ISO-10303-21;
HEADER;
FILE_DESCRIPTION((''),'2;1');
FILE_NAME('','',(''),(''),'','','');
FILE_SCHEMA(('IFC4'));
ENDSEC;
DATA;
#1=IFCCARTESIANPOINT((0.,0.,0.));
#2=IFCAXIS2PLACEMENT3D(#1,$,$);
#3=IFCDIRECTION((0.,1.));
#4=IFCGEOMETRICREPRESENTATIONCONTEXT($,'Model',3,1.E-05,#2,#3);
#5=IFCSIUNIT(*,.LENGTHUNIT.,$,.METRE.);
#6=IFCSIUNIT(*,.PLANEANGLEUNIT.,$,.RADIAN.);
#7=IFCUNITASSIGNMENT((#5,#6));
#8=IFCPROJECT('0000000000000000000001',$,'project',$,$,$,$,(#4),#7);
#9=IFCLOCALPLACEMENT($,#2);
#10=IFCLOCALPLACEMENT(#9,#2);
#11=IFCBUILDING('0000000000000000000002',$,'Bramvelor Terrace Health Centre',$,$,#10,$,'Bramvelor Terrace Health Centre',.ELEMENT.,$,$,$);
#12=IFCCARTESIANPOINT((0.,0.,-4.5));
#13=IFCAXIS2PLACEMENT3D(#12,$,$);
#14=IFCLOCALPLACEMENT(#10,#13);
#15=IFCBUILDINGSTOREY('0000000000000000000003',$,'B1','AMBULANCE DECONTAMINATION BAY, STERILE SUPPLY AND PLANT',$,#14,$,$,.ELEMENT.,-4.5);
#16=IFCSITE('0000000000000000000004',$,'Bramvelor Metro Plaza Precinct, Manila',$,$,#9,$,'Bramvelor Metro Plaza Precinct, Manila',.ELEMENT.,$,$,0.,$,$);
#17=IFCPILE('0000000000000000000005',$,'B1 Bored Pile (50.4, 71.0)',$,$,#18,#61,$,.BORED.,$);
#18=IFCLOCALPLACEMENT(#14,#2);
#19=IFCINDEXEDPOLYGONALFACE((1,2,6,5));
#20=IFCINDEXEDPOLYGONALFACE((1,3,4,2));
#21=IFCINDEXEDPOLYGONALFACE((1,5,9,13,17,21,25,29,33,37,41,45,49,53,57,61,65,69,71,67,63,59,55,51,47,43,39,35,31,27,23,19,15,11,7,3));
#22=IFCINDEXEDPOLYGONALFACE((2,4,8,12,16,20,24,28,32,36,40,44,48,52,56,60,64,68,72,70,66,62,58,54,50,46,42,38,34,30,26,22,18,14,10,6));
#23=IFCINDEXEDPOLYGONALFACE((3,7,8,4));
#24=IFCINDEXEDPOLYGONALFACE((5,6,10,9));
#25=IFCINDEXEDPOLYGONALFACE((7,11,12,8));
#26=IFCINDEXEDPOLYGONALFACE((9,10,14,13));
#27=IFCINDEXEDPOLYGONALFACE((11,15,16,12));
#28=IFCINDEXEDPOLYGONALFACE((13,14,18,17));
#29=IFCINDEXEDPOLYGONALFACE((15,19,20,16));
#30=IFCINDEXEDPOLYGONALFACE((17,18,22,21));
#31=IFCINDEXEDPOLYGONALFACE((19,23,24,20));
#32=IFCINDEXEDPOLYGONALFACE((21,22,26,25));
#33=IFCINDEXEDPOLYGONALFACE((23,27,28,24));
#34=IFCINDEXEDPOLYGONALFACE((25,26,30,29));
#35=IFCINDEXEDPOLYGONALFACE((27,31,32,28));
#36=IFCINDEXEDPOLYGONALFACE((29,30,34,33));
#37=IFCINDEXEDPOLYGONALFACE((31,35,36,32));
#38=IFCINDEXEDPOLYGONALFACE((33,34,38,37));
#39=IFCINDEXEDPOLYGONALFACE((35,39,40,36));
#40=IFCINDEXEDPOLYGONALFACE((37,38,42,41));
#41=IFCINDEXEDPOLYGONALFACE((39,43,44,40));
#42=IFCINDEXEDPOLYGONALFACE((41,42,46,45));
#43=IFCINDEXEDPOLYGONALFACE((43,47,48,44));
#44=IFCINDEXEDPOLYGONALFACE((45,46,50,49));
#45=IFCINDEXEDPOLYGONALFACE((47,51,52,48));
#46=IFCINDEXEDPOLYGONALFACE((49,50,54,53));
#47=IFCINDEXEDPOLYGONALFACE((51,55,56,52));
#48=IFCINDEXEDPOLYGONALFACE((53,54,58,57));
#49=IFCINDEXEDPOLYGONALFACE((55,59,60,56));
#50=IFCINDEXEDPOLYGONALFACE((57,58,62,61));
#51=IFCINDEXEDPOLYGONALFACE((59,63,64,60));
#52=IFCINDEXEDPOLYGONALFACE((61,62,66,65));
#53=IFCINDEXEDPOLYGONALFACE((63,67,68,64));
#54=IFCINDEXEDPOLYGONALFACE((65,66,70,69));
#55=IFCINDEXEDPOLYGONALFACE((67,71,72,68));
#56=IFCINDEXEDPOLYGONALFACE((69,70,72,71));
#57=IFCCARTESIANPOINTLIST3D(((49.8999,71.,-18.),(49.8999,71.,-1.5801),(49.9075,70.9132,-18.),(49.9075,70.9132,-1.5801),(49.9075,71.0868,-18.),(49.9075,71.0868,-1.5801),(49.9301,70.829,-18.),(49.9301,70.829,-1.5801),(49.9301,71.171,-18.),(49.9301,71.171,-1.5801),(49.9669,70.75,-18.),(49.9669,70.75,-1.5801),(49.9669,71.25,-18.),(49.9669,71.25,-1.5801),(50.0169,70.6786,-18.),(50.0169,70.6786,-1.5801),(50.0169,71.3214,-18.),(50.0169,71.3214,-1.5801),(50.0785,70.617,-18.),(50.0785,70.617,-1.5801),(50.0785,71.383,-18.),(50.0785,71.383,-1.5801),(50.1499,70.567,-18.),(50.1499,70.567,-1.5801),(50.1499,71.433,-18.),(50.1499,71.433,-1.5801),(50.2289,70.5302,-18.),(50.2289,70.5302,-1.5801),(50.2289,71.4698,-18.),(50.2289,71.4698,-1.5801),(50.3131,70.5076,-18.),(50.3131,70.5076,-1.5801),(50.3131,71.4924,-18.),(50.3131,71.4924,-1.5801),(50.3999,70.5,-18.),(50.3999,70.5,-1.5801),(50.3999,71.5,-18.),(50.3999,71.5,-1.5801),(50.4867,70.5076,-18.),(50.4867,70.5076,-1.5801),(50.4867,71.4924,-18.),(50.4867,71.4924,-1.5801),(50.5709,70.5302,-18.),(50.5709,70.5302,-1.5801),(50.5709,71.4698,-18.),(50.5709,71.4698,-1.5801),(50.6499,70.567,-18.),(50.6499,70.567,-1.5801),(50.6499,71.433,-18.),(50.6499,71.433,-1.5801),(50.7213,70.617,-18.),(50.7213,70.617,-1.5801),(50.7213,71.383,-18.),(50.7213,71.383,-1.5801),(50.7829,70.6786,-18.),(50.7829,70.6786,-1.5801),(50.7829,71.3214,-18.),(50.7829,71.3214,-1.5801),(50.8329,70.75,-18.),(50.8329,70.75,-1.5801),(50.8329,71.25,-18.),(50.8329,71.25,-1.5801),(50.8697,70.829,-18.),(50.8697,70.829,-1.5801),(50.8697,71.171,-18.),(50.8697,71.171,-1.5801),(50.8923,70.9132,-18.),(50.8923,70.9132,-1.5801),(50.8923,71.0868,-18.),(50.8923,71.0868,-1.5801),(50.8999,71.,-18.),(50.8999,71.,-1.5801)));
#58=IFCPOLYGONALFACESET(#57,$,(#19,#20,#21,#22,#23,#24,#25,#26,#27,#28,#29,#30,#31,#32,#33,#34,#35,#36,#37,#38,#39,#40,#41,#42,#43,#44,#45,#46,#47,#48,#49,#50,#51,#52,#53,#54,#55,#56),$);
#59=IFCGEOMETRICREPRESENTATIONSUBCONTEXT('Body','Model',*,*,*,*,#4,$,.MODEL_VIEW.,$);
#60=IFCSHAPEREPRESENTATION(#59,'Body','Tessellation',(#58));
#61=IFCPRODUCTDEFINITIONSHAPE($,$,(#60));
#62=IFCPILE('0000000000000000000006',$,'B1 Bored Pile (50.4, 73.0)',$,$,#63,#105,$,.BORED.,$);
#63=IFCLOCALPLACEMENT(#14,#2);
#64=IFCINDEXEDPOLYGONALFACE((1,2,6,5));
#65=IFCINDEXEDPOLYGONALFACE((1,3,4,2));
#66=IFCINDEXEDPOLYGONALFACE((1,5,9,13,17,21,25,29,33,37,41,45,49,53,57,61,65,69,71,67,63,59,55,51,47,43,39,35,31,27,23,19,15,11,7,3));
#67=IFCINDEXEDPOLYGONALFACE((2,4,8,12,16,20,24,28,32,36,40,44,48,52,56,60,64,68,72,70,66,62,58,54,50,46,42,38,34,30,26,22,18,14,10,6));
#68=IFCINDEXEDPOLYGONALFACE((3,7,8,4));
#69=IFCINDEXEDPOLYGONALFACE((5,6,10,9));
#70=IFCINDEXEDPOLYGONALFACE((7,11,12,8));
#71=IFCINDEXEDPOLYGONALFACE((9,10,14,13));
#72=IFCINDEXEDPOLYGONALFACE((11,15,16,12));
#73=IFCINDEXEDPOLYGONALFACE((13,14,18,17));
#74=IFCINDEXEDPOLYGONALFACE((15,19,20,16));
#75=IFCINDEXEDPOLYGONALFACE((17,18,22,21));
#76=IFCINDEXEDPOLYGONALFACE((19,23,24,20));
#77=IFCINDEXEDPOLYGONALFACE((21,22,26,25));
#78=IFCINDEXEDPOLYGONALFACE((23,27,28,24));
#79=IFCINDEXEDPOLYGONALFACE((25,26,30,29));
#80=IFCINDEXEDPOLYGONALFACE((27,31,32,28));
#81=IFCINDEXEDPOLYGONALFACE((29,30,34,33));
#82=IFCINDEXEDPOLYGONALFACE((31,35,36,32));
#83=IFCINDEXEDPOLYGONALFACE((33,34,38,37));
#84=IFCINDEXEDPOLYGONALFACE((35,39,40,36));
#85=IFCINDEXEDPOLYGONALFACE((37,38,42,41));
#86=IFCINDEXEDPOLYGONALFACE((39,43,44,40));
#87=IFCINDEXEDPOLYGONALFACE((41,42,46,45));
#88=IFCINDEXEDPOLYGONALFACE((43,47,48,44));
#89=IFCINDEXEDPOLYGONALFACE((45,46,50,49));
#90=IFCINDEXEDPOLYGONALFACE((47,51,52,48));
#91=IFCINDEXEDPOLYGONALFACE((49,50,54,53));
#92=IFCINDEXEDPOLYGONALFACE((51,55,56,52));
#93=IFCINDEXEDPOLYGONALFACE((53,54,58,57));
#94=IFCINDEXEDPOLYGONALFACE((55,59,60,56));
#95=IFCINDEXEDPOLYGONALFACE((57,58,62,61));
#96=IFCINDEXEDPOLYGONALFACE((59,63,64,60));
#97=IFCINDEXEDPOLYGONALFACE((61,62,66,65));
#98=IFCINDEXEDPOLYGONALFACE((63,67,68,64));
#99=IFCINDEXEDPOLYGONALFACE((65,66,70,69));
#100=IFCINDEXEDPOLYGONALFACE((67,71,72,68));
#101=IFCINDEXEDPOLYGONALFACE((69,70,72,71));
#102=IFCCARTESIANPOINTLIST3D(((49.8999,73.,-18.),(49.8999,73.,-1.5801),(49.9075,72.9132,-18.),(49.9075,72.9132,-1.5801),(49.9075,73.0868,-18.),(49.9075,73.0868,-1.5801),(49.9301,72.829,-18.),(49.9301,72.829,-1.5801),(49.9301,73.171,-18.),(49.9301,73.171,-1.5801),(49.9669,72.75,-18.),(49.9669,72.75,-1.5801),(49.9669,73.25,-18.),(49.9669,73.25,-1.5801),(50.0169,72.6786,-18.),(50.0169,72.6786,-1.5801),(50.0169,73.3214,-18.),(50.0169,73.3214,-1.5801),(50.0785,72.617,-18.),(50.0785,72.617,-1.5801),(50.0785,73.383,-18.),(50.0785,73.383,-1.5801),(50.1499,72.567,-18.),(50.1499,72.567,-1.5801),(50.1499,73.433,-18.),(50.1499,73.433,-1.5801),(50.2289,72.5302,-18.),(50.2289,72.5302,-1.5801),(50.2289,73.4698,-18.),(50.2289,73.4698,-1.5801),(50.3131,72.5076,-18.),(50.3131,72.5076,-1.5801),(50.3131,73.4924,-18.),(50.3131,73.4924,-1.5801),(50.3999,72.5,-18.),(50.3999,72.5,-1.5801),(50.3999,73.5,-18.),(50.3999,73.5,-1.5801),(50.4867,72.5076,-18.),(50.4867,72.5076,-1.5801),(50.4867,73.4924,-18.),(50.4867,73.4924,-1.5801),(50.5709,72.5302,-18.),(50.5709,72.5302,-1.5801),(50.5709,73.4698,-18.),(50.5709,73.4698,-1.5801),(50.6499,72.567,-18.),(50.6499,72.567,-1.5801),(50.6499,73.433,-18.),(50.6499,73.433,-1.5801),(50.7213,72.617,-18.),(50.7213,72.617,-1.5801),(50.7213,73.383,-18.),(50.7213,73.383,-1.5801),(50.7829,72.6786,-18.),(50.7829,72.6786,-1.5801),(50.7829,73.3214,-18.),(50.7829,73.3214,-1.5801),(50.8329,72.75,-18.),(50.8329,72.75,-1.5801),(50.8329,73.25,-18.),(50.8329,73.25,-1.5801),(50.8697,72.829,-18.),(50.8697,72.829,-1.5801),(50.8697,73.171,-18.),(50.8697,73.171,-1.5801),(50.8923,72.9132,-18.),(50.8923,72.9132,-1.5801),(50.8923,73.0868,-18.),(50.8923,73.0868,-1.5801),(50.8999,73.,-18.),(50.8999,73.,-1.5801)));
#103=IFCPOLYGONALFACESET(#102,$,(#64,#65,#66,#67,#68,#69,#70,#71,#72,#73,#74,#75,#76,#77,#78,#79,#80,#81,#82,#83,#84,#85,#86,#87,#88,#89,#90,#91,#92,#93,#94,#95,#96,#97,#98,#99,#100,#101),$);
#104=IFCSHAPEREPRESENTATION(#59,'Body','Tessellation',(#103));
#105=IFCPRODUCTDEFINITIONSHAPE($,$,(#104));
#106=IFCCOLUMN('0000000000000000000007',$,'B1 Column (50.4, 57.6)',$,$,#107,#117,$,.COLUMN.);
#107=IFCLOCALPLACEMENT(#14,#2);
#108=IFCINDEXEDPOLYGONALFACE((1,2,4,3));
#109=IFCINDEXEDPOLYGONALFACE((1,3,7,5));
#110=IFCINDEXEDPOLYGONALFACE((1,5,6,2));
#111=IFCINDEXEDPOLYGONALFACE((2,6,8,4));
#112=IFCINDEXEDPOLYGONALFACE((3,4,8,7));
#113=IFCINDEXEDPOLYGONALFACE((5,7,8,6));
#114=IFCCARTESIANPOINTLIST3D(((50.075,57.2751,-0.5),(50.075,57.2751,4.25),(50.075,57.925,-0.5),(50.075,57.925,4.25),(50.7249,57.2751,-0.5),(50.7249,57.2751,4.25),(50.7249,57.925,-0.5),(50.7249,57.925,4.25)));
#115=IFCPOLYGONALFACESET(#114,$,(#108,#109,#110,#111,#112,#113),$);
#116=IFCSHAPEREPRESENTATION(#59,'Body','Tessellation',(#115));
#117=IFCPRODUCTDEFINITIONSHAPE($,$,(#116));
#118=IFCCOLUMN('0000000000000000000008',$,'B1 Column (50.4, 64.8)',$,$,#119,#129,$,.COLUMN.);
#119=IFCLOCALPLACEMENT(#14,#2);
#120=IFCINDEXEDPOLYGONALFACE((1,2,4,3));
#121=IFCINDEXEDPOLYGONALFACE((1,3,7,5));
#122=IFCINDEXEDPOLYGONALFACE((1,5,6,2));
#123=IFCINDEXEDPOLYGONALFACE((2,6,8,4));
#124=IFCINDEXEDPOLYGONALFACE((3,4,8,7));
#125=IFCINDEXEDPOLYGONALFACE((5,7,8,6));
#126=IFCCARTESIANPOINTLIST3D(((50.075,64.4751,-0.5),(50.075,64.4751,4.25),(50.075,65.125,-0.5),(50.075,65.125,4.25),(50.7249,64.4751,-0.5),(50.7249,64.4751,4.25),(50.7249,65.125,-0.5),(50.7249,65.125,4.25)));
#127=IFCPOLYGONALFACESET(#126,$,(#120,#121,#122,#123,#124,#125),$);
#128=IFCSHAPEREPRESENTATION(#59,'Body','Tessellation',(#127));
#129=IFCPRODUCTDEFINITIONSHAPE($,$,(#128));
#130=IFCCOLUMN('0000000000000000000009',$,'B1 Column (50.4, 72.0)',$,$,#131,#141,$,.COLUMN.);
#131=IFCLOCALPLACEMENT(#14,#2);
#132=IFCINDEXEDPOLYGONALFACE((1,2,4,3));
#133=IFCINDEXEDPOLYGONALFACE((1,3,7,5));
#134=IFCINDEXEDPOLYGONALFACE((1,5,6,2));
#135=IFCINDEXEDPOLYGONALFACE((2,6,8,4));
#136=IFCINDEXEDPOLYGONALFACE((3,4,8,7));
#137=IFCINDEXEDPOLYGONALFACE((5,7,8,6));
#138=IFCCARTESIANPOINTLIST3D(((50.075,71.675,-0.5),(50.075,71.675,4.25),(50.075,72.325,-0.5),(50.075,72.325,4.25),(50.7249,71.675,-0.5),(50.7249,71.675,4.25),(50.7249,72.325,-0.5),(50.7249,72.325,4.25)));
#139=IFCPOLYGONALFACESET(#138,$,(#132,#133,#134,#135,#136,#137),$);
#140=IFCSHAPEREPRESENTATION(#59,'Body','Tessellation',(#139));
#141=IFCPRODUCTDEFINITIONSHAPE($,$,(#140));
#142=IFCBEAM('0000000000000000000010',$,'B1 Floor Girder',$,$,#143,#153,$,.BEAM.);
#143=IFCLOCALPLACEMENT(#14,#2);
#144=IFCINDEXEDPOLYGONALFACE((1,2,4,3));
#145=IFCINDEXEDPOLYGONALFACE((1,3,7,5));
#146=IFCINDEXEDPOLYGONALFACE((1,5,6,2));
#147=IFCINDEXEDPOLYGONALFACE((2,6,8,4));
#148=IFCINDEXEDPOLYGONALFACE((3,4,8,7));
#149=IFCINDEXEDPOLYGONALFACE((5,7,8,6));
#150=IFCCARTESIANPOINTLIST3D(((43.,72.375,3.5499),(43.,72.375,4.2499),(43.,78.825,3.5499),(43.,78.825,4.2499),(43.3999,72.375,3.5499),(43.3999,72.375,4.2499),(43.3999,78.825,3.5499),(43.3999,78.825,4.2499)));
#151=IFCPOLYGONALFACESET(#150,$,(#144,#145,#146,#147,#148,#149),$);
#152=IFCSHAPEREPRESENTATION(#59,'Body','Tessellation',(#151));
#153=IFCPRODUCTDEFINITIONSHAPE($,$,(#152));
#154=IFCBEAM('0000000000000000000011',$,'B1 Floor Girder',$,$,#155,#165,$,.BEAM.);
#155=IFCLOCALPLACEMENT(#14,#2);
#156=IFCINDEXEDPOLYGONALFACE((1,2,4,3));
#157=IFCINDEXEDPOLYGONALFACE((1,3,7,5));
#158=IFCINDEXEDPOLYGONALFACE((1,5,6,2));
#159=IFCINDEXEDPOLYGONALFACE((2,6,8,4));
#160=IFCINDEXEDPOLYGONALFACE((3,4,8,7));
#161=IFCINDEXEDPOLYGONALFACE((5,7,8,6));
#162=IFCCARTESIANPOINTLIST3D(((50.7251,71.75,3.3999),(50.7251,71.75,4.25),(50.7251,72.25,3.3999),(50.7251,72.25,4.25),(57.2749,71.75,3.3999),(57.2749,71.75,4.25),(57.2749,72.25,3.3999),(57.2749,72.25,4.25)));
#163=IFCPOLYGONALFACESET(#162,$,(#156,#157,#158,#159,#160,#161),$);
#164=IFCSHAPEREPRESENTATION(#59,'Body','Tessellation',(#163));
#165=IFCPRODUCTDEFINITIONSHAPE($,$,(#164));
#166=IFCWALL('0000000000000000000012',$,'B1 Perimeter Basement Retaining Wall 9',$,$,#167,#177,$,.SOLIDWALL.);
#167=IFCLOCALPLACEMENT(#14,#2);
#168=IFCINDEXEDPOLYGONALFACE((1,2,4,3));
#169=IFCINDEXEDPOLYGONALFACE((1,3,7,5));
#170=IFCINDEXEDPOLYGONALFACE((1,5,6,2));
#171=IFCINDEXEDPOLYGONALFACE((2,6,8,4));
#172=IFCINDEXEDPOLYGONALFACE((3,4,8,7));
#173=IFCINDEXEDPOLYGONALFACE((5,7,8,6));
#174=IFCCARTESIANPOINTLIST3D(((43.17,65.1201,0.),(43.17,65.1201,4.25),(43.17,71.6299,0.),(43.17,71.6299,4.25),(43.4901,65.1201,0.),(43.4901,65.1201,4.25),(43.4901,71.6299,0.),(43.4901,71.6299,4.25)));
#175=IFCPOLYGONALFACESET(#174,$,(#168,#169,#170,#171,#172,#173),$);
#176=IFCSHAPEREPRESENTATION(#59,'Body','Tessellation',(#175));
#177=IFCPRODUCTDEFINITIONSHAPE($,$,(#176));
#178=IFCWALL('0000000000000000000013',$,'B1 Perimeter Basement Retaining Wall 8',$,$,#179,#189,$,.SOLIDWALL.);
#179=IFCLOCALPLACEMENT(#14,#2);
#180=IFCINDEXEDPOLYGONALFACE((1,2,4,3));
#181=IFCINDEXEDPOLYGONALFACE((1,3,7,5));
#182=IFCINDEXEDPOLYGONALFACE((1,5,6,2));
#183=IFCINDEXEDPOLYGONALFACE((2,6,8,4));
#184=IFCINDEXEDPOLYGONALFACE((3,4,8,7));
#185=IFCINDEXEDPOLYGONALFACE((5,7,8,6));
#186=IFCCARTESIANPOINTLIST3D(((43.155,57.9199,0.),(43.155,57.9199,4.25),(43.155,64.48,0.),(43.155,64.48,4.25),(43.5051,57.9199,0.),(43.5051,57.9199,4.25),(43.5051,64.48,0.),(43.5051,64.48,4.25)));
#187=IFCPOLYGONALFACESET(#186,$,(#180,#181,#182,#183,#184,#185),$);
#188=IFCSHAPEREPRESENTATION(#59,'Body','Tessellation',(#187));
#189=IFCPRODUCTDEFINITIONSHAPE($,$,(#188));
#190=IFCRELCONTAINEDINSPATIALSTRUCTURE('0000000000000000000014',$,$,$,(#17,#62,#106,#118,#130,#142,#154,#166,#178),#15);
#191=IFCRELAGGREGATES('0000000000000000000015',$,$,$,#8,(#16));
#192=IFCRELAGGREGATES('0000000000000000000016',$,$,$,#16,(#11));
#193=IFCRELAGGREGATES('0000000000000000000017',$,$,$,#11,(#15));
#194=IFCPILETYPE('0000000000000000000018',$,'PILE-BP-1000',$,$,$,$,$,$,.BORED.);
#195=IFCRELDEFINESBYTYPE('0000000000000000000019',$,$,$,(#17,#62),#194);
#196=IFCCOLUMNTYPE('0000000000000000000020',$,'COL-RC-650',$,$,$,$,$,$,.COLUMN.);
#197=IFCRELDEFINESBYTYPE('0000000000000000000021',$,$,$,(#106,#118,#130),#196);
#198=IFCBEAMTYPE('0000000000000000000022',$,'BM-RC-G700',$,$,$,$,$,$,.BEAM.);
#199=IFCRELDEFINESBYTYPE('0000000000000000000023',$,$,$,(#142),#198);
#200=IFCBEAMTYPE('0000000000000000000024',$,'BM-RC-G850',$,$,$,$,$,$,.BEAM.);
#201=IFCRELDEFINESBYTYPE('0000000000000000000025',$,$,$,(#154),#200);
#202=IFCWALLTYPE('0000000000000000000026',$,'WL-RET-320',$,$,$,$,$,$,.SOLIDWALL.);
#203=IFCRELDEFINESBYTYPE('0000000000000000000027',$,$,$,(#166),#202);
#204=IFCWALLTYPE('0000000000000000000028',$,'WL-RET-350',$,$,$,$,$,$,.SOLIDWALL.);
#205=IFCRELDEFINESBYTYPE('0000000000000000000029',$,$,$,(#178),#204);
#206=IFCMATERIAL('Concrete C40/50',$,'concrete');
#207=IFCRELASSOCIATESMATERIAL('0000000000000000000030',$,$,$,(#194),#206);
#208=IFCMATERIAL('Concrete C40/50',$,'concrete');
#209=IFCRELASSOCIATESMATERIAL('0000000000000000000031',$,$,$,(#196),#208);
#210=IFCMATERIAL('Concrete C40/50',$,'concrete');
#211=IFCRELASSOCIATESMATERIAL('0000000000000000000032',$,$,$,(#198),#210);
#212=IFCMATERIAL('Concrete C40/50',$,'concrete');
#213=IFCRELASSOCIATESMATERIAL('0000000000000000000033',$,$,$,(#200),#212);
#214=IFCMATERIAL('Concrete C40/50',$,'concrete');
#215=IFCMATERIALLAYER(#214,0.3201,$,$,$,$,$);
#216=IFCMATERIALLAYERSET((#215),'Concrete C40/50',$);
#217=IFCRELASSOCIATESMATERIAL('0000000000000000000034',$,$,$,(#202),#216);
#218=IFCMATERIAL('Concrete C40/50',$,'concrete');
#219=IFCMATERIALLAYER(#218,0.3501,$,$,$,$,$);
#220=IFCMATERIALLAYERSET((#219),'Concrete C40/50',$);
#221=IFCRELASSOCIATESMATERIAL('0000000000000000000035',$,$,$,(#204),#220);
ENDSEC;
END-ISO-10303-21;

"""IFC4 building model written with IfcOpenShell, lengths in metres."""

from ifc_helpers import new_model, si_unit, direction, frame, frame_2d, origin, origin_2d, place, context, subcontext, project, spatial, rectangle, circle, extrude, material, layer, layer_set, material_profile, profile_set, type_object, element, save


model = new_model("IFC4")

# Units and contexts
model_context = context("Model", 3, precision=1e-05, world=origin(), true_north=direction((0.0, 1.0)))
body_context = subcontext(model_context, "Body", "Model", "MODEL_VIEW")
ifc_project = project(units=[si_unit("LENGTHUNIT", "METRE"), si_unit("PLANEANGLEUNIT", "RADIAN")], contexts=[model_context])

# Site, building, storey
site_placement = place(None, origin())
site = spatial("IfcSite", under=ifc_project, at=site_placement, Name="Bramvelor Metro Plaza Precinct, Manila", LongName="Bramvelor Metro Plaza Precinct, Manila", CompositionType="ELEMENT", RefElevation=0.0)
building_placement = place(site_placement, origin())
building = spatial("IfcBuilding", under=site, at=building_placement, Name="Bramvelor Terrace Health Centre", LongName="Bramvelor Terrace Health Centre", CompositionType="ELEMENT")
storey_placement = place(building_placement, frame((0.0, 0.0, -4.5)))
storey = spatial("IfcBuildingStorey", under=building, at=storey_placement, Name="B1", Description="AMBULANCE DECONTAMINATION BAY, STERILE SUPPLY AND PLANT", CompositionType="ELEMENT", Elevation=-4.5)

# Piles
ifc_material_1 = material(Name="Concrete C40/50", Category="concrete")
ifc_material_profile_1 = material_profile(ifc_material_1, circle(Radius=0.5, at=origin_2d()), Name="BP D1000")
ifc_profile_set_1 = profile_set([ifc_material_profile_1], Name="Concrete C40/50")
pile_type = type_object("IfcPileType", Name="PILE-BP-1000", PredefinedType="BORED", material=ifc_profile_set_1)
for number, where, z_axis, x_axis, name in (
    (1, (50.3999, 71.0, -1.5801), (0.0, 0.0, -1.0), (1.0, 0.0, 0.0), "B1 Bored Pile (50.4, 71.0)"),
    (2, (50.3999, 73.0, -1.5801), (0.0, 0.0, -1.0), (1.0, 0.0, 0.0), "B1 Bored Pile (50.4, 73.0)"),
):
    element("IfcPile", number, at=place(storey_placement, frame(where, z_axis=z_axis, x_axis=x_axis)), inside=storey, type_object=pile_type, Name=name, PredefinedType="BORED", context=body_context, shape_type="SweptSolid", body=[
        extrude(circle(Radius=0.5, at=origin_2d()), origin(), (0.0, 0.0, 1.0), 16.4199),
    ])

# Columns
ifc_material_2 = material(Name="Concrete C40/50", Category="concrete")
ifc_material_profile_2 = material_profile(ifc_material_2, rectangle(XDim=0.6499, YDim=0.6499, at=origin_2d()), Name="RC 650x650")
ifc_profile_set_2 = profile_set([ifc_material_profile_2], Name="Concrete C40/50")
column_type = type_object("IfcColumnType", Name="COL-RC-650", PredefinedType="COLUMN", material=ifc_profile_set_2)
for number, where, z_axis, x_axis, name in (
    (3, (50.3999, 57.6001, -0.5), (0.0, 0.0, 1.0), (1.0, 0.0, 0.0), "B1 Column (50.4, 57.6)"),
    (4, (50.3999, 64.8, -0.5), (0.0, 0.0, 1.0), (1.0, 0.0, 0.0), "B1 Column (50.4, 64.8)"),
    (5, (50.3999, 72.0, -0.5), (0.0, 0.0, 1.0), (1.0, 0.0, 0.0), "B1 Column (50.4, 72.0)"),
):
    element("IfcColumn", number, at=place(storey_placement, frame(where, z_axis=z_axis, x_axis=x_axis)), inside=storey, type_object=column_type, Name=name, PredefinedType="COLUMN", context=body_context, shape_type="SweptSolid", body=[
        extrude(rectangle(XDim=0.6499, YDim=0.6499, at=origin_2d()), origin(), (0.0, 0.0, 1.0), 4.75),
    ])

# Beams
ifc_material_3 = material(Name="Concrete C40/50", Category="concrete")
ifc_material_profile_3 = material_profile(ifc_material_3, rectangle(XDim=0.3999, YDim=0.7, at=origin_2d()), Name="RC 400x700")
ifc_profile_set_3 = profile_set([ifc_material_profile_3], Name="Concrete C40/50")
beam_type_1 = type_object("IfcBeamType", Name="BM-RC-G700", PredefinedType="BEAM", material=ifc_profile_set_3)
beam_1_placement = place(storey_placement, frame((43.2, 72.375, 3.8999), z_axis=(0.0, 1.0, 0.0), x_axis=(-1.0, 0.0, 0.0)))
element("IfcBeam", 6, at=beam_1_placement, inside=storey, type_object=beam_type_1, Name="B1 Floor Girder", PredefinedType="BEAM", context=body_context, shape_type="SweptSolid", body=[
    extrude(rectangle(XDim=0.3999, YDim=0.7, at=origin_2d()), origin(), (0.0, 0.0, 1.0), 6.45),
])
ifc_material_4 = material(Name="Concrete C40/50", Category="concrete")
ifc_material_profile_4 = material_profile(ifc_material_4, rectangle(XDim=0.5, YDim=0.8501, at=origin_2d()), Name="RC 500x850")
ifc_profile_set_4 = profile_set([ifc_material_profile_4], Name="Concrete C40/50")
beam_type_2 = type_object("IfcBeamType", Name="BM-RC-G850", PredefinedType="BEAM", material=ifc_profile_set_4)
beam_2_placement = place(storey_placement, frame((50.7251, 72.0, 3.825), z_axis=(1.0, 0.0, 0.0), x_axis=(0.0, 1.0, 0.0)))
element("IfcBeam", 7, at=beam_2_placement, inside=storey, type_object=beam_type_2, Name="B1 Floor Girder", PredefinedType="BEAM", context=body_context, shape_type="SweptSolid", body=[
    extrude(rectangle(XDim=0.5, YDim=0.8501, at=origin_2d()), origin(), (0.0, 0.0, 1.0), 6.5498),
])

# Walls
ifc_material_5 = material(Name="Concrete C40/50", Category="concrete")
ifc_layer_1 = layer(ifc_material_5, 0.3201)
ifc_layer_set_1 = layer_set([ifc_layer_1], Name="Concrete C40/50")
wall_type_1 = type_object("IfcWallType", Name="WL-RET-320", PredefinedType="SOLIDWALL", material=ifc_layer_set_1)
wall_1_placement = place(storey_placement, frame((43.3301, 65.1201, 0.0), z_axis=(0.0, 0.0, 1.0), x_axis=(0.0, 1.0, 0.0)))
element("IfcWall", 8, at=wall_1_placement, inside=storey, type_object=wall_type_1, Name="B1 Perimeter Basement Retaining Wall 9", PredefinedType="SOLIDWALL", context=body_context, shape_type="SweptSolid", body=[
    extrude(rectangle(XDim=6.5098, YDim=0.3201, at=frame_2d((3.2549, 0.0))), origin(), (0.0, 0.0, 1.0), 4.25),
])
ifc_material_6 = material(Name="Concrete C40/50", Category="concrete")
ifc_layer_2 = layer(ifc_material_6, 0.3501)
ifc_layer_set_2 = layer_set([ifc_layer_2], Name="Concrete C40/50")
wall_type_2 = type_object("IfcWallType", Name="WL-RET-350", PredefinedType="SOLIDWALL", material=ifc_layer_set_2)
wall_2_placement = place(storey_placement, frame((43.3301, 57.9199, 0.0), z_axis=(0.0, 0.0, 1.0), x_axis=(0.0, 1.0, 0.0)))
element("IfcWall", 9, at=wall_2_placement, inside=storey, type_object=wall_type_2, Name="B1 Perimeter Basement Retaining Wall 8", PredefinedType="SOLIDWALL", context=body_context, shape_type="SweptSolid", body=[
    extrude(rectangle(XDim=6.5601, YDim=0.3501, at=frame_2d((3.28, 0.0))), origin(), (0.0, 0.0, 1.0), 4.25),
])

save(model, "model.ifc")
